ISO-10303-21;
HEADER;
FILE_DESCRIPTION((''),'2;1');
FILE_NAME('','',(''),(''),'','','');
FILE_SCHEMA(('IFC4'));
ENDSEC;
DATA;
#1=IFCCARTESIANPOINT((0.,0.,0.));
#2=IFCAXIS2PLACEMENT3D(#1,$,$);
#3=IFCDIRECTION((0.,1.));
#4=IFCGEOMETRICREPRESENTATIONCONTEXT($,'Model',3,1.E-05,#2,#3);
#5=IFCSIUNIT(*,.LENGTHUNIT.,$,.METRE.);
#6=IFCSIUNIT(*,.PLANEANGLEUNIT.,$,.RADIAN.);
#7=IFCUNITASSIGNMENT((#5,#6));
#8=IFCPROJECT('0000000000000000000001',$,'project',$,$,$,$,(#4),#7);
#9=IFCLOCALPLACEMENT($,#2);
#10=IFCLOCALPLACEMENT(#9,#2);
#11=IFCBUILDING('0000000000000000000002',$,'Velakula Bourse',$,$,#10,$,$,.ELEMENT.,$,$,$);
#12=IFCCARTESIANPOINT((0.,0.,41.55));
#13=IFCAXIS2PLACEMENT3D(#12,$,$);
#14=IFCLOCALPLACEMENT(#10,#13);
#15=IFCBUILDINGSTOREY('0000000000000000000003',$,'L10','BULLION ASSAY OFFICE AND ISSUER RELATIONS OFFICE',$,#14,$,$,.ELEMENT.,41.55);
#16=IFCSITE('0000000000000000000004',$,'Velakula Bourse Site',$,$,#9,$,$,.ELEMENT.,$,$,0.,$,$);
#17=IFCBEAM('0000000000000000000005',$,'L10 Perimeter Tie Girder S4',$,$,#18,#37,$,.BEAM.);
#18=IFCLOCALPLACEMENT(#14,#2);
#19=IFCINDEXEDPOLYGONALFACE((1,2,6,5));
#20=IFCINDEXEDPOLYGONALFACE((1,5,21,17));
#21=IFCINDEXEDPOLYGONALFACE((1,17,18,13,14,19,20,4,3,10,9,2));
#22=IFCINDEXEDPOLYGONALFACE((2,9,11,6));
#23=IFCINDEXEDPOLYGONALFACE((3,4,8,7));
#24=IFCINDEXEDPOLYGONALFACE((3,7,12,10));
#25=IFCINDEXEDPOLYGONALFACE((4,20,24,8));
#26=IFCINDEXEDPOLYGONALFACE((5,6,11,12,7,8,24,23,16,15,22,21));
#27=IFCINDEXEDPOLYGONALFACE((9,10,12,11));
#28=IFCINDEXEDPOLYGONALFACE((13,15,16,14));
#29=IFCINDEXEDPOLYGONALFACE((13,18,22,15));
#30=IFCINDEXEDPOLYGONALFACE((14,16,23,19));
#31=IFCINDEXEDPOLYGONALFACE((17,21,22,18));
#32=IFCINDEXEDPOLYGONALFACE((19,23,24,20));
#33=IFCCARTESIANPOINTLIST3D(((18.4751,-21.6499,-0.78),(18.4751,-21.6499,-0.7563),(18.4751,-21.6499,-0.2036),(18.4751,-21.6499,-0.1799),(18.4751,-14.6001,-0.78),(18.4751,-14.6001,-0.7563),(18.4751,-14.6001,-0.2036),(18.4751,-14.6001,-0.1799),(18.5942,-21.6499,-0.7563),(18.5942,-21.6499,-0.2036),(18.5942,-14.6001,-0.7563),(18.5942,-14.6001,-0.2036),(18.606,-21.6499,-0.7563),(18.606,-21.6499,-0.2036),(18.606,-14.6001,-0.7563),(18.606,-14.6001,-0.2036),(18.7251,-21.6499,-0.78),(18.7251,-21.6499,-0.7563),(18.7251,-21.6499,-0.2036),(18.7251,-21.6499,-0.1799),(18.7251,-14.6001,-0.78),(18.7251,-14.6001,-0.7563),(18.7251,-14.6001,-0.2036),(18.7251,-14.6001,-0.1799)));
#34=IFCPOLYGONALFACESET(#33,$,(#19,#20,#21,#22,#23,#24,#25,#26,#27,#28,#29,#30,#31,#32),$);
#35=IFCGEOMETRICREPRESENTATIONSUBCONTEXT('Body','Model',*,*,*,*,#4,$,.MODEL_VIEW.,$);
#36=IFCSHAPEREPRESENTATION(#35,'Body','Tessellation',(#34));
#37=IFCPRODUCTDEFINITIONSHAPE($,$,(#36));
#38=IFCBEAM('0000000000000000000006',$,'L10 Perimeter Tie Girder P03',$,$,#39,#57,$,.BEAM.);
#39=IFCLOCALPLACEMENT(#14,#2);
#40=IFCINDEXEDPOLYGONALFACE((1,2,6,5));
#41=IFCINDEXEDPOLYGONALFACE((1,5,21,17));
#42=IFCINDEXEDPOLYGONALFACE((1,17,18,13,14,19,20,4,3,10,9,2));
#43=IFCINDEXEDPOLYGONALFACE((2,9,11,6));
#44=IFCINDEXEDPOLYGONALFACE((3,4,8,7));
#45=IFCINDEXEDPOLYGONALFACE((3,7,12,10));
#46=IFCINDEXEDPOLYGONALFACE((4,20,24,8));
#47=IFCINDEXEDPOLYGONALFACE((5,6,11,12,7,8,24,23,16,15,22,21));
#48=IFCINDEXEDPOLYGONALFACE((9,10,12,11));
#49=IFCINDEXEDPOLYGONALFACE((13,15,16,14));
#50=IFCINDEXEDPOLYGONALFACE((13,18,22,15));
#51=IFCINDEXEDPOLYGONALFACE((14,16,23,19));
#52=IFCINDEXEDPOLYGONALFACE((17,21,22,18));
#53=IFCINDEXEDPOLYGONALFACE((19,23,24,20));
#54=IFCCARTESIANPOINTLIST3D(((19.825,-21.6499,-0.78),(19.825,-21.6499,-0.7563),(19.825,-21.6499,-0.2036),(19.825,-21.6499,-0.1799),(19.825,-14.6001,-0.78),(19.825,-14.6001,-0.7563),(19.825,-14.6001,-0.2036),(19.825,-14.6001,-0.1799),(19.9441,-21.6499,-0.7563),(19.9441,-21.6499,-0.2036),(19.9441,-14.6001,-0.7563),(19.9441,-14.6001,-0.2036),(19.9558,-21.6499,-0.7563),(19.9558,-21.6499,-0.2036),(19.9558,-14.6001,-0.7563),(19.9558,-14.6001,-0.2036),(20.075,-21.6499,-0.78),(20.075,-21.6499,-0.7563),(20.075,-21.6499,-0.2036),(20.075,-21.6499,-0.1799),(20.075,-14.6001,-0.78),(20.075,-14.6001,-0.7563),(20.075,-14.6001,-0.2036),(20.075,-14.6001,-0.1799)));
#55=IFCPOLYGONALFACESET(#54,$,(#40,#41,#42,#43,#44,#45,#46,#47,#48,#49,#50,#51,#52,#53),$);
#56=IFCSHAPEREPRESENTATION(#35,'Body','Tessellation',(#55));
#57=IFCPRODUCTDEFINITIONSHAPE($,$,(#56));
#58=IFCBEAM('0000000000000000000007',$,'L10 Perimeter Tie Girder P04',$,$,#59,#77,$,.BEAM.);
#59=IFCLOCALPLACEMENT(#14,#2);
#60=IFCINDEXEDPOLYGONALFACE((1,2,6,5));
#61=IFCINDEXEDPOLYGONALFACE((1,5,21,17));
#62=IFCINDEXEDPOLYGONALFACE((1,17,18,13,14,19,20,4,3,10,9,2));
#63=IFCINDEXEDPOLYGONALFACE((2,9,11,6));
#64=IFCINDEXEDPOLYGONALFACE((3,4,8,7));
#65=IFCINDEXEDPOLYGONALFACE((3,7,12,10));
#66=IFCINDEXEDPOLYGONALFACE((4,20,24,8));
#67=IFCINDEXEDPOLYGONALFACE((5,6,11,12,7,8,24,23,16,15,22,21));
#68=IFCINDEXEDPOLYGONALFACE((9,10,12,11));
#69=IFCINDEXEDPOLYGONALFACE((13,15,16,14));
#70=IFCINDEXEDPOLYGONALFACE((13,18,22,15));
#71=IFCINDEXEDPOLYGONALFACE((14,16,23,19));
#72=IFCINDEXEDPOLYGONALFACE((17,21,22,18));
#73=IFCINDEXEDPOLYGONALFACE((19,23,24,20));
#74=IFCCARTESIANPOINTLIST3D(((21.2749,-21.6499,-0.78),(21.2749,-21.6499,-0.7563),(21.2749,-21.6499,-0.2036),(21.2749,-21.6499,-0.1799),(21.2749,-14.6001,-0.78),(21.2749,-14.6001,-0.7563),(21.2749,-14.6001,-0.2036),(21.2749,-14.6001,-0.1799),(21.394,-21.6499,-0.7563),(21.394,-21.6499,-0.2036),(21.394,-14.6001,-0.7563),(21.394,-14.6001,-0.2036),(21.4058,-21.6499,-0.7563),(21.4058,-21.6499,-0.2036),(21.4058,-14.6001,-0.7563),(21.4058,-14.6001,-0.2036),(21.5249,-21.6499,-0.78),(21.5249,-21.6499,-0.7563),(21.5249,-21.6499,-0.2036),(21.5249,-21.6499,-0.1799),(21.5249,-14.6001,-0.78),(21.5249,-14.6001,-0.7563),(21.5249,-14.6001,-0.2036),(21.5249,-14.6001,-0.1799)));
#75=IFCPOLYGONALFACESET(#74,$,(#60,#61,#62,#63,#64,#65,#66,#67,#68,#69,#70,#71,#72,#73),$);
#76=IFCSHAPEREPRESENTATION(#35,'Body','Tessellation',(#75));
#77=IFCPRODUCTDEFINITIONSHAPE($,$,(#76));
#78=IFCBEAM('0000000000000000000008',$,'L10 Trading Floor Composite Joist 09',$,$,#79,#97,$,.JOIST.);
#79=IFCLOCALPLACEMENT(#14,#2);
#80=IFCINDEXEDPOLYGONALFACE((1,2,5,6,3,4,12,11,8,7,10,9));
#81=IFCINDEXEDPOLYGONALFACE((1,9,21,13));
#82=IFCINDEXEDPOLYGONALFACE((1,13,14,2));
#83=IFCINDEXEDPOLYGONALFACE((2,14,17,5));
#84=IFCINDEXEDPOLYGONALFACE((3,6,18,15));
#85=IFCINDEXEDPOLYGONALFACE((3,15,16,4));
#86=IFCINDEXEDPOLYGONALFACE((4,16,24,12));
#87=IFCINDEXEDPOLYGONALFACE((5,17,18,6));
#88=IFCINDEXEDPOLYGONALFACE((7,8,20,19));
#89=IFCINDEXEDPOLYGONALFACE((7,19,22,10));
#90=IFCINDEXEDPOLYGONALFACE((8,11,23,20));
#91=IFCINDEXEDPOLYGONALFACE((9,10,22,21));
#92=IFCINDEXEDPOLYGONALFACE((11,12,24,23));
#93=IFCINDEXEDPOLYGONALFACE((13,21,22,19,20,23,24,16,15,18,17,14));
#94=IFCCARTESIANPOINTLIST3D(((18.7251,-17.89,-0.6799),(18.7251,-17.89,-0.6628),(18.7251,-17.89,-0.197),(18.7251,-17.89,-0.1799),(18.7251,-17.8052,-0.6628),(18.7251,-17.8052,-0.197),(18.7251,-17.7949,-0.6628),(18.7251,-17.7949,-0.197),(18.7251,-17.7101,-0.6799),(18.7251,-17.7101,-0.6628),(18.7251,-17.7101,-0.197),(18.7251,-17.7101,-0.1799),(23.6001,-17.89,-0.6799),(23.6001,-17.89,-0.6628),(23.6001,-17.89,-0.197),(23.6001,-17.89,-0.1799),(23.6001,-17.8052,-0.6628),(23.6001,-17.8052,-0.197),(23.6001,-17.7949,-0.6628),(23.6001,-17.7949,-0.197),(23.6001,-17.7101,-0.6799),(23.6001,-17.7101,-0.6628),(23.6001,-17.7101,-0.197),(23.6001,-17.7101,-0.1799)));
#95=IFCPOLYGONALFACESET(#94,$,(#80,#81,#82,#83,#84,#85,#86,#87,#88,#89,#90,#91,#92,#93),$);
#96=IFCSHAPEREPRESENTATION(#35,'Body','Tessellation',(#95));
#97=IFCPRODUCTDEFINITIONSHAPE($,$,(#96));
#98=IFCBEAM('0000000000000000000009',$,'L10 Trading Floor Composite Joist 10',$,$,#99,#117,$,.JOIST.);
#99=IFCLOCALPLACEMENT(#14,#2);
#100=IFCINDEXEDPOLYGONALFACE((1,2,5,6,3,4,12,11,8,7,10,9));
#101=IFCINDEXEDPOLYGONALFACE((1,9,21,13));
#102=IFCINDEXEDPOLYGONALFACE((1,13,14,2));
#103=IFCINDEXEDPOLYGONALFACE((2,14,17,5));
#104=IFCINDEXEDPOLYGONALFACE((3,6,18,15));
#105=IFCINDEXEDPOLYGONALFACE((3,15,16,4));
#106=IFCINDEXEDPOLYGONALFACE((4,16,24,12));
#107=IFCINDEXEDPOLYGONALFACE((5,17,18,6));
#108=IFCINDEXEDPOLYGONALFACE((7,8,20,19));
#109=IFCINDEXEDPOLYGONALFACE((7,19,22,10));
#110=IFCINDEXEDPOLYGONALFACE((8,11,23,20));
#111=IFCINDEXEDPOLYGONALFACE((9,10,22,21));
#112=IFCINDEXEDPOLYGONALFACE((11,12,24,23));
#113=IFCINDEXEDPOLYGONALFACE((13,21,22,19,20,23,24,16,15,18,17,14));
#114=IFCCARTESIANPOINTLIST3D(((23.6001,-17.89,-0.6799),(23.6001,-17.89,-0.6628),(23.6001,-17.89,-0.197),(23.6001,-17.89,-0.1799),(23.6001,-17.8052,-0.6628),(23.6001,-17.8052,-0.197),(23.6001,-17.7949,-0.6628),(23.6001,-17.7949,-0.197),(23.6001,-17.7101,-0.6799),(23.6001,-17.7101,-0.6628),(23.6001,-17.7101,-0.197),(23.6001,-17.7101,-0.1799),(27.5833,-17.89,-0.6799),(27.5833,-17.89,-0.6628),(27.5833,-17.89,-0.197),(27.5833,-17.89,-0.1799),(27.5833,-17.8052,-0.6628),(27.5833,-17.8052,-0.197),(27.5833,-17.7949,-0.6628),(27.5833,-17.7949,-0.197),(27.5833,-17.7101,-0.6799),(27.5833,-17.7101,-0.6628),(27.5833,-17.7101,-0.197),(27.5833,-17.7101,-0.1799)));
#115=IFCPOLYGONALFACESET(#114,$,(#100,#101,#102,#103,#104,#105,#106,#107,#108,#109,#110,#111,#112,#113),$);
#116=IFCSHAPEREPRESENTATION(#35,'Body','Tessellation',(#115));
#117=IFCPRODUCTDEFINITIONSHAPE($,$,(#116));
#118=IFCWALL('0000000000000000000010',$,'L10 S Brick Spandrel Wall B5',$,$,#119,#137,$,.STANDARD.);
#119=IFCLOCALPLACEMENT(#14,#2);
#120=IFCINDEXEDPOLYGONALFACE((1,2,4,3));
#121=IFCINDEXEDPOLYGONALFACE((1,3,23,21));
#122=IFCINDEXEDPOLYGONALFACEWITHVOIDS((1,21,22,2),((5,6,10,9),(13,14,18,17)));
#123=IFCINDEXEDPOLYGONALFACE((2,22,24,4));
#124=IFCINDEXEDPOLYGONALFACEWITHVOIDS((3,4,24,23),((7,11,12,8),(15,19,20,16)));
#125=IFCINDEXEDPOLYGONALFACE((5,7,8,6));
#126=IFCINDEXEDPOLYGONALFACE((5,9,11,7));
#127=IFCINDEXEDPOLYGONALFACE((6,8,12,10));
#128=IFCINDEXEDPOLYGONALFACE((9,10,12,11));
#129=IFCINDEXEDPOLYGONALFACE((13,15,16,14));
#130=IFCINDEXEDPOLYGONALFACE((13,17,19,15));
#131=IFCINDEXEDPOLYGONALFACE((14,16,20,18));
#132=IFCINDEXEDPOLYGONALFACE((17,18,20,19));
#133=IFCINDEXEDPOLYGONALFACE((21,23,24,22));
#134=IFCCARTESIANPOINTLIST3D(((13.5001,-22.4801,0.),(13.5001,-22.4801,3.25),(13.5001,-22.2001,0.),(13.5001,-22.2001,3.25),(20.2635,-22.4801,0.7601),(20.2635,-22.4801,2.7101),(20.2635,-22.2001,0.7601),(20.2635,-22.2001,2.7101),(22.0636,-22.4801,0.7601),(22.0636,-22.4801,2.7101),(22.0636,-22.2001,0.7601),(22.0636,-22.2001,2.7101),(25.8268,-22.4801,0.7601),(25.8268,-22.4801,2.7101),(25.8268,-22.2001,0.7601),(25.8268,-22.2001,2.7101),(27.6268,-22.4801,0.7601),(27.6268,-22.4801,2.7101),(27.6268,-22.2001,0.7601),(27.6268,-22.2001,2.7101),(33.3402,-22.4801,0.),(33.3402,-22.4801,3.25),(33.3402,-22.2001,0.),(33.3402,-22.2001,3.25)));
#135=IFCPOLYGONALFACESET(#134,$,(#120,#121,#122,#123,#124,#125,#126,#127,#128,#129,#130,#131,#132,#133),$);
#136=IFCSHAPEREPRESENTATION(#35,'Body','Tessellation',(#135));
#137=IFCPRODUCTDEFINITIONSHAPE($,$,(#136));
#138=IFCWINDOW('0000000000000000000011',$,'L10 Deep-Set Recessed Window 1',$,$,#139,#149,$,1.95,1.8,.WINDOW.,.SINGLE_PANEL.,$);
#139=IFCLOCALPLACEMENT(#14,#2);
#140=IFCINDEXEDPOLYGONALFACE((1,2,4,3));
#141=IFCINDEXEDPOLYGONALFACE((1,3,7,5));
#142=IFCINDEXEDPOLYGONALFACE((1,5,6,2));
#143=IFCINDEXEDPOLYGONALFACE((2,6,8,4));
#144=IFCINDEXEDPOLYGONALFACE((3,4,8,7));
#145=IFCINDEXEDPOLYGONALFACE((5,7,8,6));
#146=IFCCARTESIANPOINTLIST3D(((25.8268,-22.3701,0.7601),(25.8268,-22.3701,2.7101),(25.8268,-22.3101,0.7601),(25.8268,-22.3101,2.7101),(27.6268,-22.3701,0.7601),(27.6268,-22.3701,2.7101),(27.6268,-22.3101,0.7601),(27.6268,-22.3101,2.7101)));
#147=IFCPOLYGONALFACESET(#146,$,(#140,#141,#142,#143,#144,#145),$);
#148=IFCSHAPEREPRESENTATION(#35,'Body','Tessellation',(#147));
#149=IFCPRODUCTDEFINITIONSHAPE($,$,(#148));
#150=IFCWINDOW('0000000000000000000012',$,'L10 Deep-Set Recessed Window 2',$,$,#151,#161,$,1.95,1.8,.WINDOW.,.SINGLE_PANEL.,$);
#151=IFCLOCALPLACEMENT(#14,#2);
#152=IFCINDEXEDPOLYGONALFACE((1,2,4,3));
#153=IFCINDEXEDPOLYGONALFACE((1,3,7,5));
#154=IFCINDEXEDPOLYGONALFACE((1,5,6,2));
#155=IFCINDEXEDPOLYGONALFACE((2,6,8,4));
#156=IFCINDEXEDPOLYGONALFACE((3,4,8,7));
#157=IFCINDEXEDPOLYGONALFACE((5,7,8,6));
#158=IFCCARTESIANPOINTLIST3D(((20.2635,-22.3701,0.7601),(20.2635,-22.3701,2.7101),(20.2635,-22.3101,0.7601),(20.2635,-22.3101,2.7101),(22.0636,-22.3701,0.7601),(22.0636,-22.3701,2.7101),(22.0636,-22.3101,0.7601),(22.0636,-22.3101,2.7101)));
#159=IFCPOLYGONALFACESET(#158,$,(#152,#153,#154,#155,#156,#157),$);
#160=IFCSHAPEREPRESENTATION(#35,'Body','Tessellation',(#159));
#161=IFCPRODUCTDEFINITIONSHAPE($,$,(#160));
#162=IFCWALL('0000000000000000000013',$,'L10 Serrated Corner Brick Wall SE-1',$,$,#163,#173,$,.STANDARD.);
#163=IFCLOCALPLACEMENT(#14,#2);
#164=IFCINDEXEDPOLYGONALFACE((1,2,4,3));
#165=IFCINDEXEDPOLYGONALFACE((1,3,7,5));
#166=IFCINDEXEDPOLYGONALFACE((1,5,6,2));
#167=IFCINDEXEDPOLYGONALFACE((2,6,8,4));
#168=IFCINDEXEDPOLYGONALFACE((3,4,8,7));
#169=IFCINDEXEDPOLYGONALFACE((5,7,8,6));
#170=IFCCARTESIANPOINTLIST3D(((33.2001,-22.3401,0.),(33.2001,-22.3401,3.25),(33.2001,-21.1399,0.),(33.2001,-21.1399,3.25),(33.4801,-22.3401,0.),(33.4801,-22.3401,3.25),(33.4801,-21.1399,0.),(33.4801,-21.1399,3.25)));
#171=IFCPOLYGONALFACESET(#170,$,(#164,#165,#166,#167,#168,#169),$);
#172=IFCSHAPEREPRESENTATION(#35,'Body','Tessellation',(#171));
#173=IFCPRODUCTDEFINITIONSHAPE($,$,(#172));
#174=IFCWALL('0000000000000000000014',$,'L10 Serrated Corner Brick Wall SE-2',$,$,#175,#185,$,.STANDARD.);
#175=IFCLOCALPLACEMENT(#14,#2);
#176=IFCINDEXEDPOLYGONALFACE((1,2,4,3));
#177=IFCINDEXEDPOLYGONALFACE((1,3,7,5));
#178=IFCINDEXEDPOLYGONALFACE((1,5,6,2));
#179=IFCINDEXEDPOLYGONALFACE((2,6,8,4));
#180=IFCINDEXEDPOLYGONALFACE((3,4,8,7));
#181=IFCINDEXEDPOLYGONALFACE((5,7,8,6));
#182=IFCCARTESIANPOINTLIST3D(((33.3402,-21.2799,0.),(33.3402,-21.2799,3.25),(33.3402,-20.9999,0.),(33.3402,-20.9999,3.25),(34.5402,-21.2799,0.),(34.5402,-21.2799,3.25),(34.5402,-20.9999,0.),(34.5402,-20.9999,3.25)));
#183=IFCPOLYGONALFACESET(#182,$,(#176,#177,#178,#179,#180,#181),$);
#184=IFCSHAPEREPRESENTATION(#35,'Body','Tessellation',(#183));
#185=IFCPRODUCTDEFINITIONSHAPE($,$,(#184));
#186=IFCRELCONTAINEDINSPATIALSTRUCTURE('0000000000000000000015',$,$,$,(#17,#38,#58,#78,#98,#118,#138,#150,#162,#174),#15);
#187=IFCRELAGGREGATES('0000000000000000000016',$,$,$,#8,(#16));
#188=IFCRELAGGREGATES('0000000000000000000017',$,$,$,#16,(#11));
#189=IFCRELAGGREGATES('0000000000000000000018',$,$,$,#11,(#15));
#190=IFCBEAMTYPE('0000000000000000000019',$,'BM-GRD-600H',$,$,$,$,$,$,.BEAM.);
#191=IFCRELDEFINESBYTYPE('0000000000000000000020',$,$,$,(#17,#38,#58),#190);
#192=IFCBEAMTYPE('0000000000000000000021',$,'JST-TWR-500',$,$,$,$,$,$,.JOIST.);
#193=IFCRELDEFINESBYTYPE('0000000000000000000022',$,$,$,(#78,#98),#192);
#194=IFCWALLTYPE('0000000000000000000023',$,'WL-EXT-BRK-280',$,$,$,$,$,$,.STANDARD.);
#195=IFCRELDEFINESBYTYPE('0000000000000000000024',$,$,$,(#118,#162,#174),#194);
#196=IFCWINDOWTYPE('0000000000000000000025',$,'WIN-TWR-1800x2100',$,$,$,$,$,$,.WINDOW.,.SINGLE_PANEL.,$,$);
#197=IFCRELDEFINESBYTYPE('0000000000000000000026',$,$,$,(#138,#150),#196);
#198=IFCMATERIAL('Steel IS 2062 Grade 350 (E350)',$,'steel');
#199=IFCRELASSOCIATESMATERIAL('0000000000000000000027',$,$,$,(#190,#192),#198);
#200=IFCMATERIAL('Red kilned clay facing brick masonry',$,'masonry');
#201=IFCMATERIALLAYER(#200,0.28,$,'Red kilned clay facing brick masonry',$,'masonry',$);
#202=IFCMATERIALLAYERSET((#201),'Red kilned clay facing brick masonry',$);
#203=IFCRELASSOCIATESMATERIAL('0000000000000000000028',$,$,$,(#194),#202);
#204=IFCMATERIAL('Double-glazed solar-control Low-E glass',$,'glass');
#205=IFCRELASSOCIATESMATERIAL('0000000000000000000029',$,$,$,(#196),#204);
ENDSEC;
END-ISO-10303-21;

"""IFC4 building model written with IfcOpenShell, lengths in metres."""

from ifc_helpers import new_model, si_unit, direction, frame, frame_2d, origin, origin_2d, place, context, subcontext, project, spatial, rectangle, i_section, extrude, material, layer, layer_set, material_profile, profile_set, type_object, element, fill, save


model = new_model("IFC4")

# Units and contexts
model_context = context("Model", 3, precision=1e-05, world=origin(), true_north=direction((0.0, 1.0)))
body_context = subcontext(model_context, "Body", "Model", "MODEL_VIEW")
ifc_project = project(units=[si_unit("LENGTHUNIT", "METRE"), si_unit("PLANEANGLEUNIT", "RADIAN")], contexts=[model_context])

# Site, building, storey
site_placement = place(None, origin())
site = spatial("IfcSite", under=ifc_project, at=site_placement, Name="Velakula Bourse Site", CompositionType="ELEMENT", RefElevation=0.0)
building_placement = place(site_placement, origin())
building = spatial("IfcBuilding", under=site, at=building_placement, Name="Velakula Bourse", CompositionType="ELEMENT")
storey_placement = place(building_placement, frame((0.0, 0.0, 41.55)))
storey = spatial("IfcBuildingStorey", under=building, at=storey_placement, Name="L10", Description="BULLION ASSAY OFFICE AND ISSUER RELATIONS OFFICE", CompositionType="ELEMENT", Elevation=41.55)

# Beams
ifc_material_1 = material(Name="Steel IS 2062 Grade 350 (E350)", Category="steel")
ifc_material_profile_1 = material_profile(ifc_material_1, i_section(OverallWidth=0.25, OverallDepth=0.6001, WebThickness=0.0117, FlangeThickness=0.0237, at=origin_2d()), Name="Steel IS 2062 Grade 350 (E350)")
ifc_profile_set_1 = profile_set([ifc_material_profile_1], Name="Steel IS 2062 Grade 350 (E350)")
beam_type_1 = type_object("IfcBeamType", Name="BM-GRD-600H", PredefinedType="BEAM", material=ifc_profile_set_1)
for number, where, z_axis, x_axis, name in (
    (1, (18.6001, -14.6001, -0.48), (0.0, -1.0, 0.0), (1.0, 0.0, 0.0), "L10 Perimeter Tie Girder S4"),
    (2, (19.95, -14.6001, -0.48), (0.0, -1.0, 0.0), (1.0, 0.0, 0.0), "L10 Perimeter Tie Girder P03"),
    (3, (21.3999, -14.6001, -0.48), (0.0, -1.0, 0.0), (1.0, 0.0, 0.0), "L10 Perimeter Tie Girder P04"),
):
    element("IfcBeam", number, at=place(storey_placement, frame(where, z_axis=z_axis, x_axis=x_axis)), inside=storey, type_object=beam_type_1, Name=name, PredefinedType="BEAM", context=body_context, shape_type="SweptSolid", body=[
        extrude(i_section(OverallWidth=0.25, OverallDepth=0.6001, WebThickness=0.0117, FlangeThickness=0.0237, at=origin_2d()), origin(), (0.0, 0.0, 1.0), 7.0498),
    ])
ifc_material_profile_2 = material_profile(ifc_material_1, i_section(OverallWidth=0.1799, OverallDepth=0.5, WebThickness=0.0103, FlangeThickness=0.0171, at=origin_2d()), Name="Steel IS 2062 Grade 350 (E350)")
ifc_profile_set_2 = profile_set([ifc_material_profile_2], Name="Steel IS 2062 Grade 350 (E350)")
beam_type_2 = type_object("IfcBeamType", Name="JST-TWR-500", PredefinedType="JOIST", material=ifc_profile_set_2)
beam_1_placement = place(storey_placement, frame((18.7251, -17.8, -0.4299), z_axis=(1.0, 0.0, 0.0), x_axis=(0.0, 1.0, 0.0)))
element("IfcBeam", 4, at=beam_1_placement, inside=storey, type_object=beam_type_2, Name="L10 Trading Floor Composite Joist 09", PredefinedType="JOIST", context=body_context, shape_type="SweptSolid", body=[
    extrude(i_section(OverallWidth=0.1799, OverallDepth=0.5, WebThickness=0.0103, FlangeThickness=0.0171, at=origin_2d()), origin(), (0.0, 0.0, 1.0), 4.875),
])
beam_2_placement = place(storey_placement, frame((23.6001, -17.8, -0.4299), z_axis=(1.0, 0.0, 0.0), x_axis=(0.0, 1.0, 0.0)))
element("IfcBeam", 5, at=beam_2_placement, inside=storey, type_object=beam_type_2, Name="L10 Trading Floor Composite Joist 10", PredefinedType="JOIST", context=body_context, shape_type="SweptSolid", body=[
    extrude(i_section(OverallWidth=0.1799, OverallDepth=0.5, WebThickness=0.0103, FlangeThickness=0.0171, at=origin_2d()), origin(), (0.0, 0.0, 1.0), 3.9832),
])

# Wall, openings, windows
ifc_material_2 = material(Name="Red kilned clay facing brick masonry", Category="masonry")
ifc_layer_1 = layer(ifc_material_2, 0.28, Name="Red kilned clay facing brick masonry", Category="masonry")
ifc_layer_set_1 = layer_set([ifc_layer_1], Name="Red kilned clay facing brick masonry")
wall_type_1 = type_object("IfcWallType", Name="WL-EXT-BRK-280", PredefinedType="STANDARD", material=ifc_layer_set_1)
wall_1_placement = place(storey_placement, frame((33.3401, -22.3401, 0.0), z_axis=(0.0, 0.0, 1.0), x_axis=(-1.0, 0.0, 0.0)))
wall_1 = element("IfcWall", 6, at=wall_1_placement, inside=storey, type_object=wall_type_1, Name="L10 S Brick Spandrel Wall B5", PredefinedType="STANDARD", context=body_context, shape_type="SweptSolid", body=[
    extrude(rectangle(XDim=19.8401, YDim=0.28, at=frame_2d((9.9199, 0.0))), origin(), (0.0, 0.0, 1.0), 3.25),
])
opening_1_placement = place(wall_1_placement, frame((5.7134, 0.0, 0.76)))
opening_1 = element("IfcOpeningElement", 7, at=opening_1_placement, cuts=wall_1, PredefinedType="OPENING", context=body_context, shape_type="SweptSolid", body=[
    extrude(rectangle(XDim=1.8, YDim=1.95, at=frame_2d((0.8999, 0.9751))), frame((0.0, 0.1499, 0.0), z_axis=(0.0, -1.0, 0.0), x_axis=(1.0, 0.0, 0.0)), (0.0, 0.0, 1.0), 0.3),
])
opening_2_placement = place(wall_1_placement, frame((11.2766, 0.0, 0.76)))
opening_2 = element("IfcOpeningElement", 8, at=opening_2_placement, cuts=wall_1, PredefinedType="OPENING", context=body_context, shape_type="SweptSolid", body=[
    extrude(rectangle(XDim=1.8, YDim=1.95, at=frame_2d((0.8999, 0.9751))), frame((0.0, 0.1499, 0.0), z_axis=(0.0, -1.0, 0.0), x_axis=(1.0, 0.0, 0.0)), (0.0, 0.0, 1.0), 0.3),
])
ifc_material_3 = material(Name="Double-glazed solar-control Low-E glass", Category="glass")
window_type = type_object("IfcWindowType", Name="WIN-TWR-1800x2100", PartitioningType="SINGLE_PANEL", PredefinedType="WINDOW", material=ifc_material_3)
window_1_placement = place(opening_1_placement, origin())
window_1 = element("IfcWindow", 9, at=window_1_placement, inside=storey, type_object=window_type, Name="L10 Deep-Set Recessed Window 1", OverallHeight=1.95, OverallWidth=1.8, PartitioningType="SINGLE_PANEL", PredefinedType="WINDOW", context=body_context, shape_type="SweptSolid", body=[
    extrude(rectangle(XDim=1.8, YDim=1.95, at=frame_2d((0.8999, 0.9751))), frame((0.0, 0.03, 0.0), z_axis=(0.0, -1.0, 0.0), x_axis=(1.0, 0.0, 0.0)), (0.0, 0.0, 1.0), 0.0601),
])
fill(opening_1, window_1)
window_2_placement = place(opening_2_placement, origin())
window_2 = element("IfcWindow", 10, at=window_2_placement, inside=storey, type_object=window_type, Name="L10 Deep-Set Recessed Window 2", OverallHeight=1.95, OverallWidth=1.8, PartitioningType="SINGLE_PANEL", PredefinedType="WINDOW", context=body_context, shape_type="SweptSolid", body=[
    extrude(rectangle(XDim=1.8, YDim=1.95, at=frame_2d((0.8999, 0.9751))), frame((0.0, 0.03, 0.0), z_axis=(0.0, -1.0, 0.0), x_axis=(1.0, 0.0, 0.0)), (0.0, 0.0, 1.0), 0.0601),
])
fill(opening_2, window_2)

# Walls
wall_2_placement = place(storey_placement, frame((33.3401, -22.3401, 0.0), z_axis=(0.0, 0.0, 1.0), x_axis=(0.0, 1.0, 0.0)))
element("IfcWall", 11, at=wall_2_placement, inside=storey, type_object=wall_type_1, Name="L10 Serrated Corner Brick Wall SE-1", PredefinedType="STANDARD", context=body_context, shape_type="SweptSolid", body=[
    extrude(rectangle(XDim=1.2002, YDim=0.28, at=frame_2d((0.6001, 0.0))), origin(), (0.0, 0.0, 1.0), 3.25),
])
for number, where, z_axis, x_axis, name in (
    (12, (33.3401, -21.1399, 0.0), (0.0, 0.0, 1.0), (1.0, 0.0, 0.0), "L10 Serrated Corner Brick Wall SE-2"),
):
    element("IfcWall", number, at=place(storey_placement, frame(where, z_axis=z_axis, x_axis=x_axis)), inside=storey, type_object=wall_type_1, Name=name, PredefinedType="STANDARD", context=body_context, shape_type="SweptSolid", body=[
        extrude(rectangle(XDim=1.2, YDim=0.28, at=frame_2d((0.6001, 0.0))), origin(), (0.0, 0.0, 1.0), 3.25),
    ])

save(model, "model.ifc")
